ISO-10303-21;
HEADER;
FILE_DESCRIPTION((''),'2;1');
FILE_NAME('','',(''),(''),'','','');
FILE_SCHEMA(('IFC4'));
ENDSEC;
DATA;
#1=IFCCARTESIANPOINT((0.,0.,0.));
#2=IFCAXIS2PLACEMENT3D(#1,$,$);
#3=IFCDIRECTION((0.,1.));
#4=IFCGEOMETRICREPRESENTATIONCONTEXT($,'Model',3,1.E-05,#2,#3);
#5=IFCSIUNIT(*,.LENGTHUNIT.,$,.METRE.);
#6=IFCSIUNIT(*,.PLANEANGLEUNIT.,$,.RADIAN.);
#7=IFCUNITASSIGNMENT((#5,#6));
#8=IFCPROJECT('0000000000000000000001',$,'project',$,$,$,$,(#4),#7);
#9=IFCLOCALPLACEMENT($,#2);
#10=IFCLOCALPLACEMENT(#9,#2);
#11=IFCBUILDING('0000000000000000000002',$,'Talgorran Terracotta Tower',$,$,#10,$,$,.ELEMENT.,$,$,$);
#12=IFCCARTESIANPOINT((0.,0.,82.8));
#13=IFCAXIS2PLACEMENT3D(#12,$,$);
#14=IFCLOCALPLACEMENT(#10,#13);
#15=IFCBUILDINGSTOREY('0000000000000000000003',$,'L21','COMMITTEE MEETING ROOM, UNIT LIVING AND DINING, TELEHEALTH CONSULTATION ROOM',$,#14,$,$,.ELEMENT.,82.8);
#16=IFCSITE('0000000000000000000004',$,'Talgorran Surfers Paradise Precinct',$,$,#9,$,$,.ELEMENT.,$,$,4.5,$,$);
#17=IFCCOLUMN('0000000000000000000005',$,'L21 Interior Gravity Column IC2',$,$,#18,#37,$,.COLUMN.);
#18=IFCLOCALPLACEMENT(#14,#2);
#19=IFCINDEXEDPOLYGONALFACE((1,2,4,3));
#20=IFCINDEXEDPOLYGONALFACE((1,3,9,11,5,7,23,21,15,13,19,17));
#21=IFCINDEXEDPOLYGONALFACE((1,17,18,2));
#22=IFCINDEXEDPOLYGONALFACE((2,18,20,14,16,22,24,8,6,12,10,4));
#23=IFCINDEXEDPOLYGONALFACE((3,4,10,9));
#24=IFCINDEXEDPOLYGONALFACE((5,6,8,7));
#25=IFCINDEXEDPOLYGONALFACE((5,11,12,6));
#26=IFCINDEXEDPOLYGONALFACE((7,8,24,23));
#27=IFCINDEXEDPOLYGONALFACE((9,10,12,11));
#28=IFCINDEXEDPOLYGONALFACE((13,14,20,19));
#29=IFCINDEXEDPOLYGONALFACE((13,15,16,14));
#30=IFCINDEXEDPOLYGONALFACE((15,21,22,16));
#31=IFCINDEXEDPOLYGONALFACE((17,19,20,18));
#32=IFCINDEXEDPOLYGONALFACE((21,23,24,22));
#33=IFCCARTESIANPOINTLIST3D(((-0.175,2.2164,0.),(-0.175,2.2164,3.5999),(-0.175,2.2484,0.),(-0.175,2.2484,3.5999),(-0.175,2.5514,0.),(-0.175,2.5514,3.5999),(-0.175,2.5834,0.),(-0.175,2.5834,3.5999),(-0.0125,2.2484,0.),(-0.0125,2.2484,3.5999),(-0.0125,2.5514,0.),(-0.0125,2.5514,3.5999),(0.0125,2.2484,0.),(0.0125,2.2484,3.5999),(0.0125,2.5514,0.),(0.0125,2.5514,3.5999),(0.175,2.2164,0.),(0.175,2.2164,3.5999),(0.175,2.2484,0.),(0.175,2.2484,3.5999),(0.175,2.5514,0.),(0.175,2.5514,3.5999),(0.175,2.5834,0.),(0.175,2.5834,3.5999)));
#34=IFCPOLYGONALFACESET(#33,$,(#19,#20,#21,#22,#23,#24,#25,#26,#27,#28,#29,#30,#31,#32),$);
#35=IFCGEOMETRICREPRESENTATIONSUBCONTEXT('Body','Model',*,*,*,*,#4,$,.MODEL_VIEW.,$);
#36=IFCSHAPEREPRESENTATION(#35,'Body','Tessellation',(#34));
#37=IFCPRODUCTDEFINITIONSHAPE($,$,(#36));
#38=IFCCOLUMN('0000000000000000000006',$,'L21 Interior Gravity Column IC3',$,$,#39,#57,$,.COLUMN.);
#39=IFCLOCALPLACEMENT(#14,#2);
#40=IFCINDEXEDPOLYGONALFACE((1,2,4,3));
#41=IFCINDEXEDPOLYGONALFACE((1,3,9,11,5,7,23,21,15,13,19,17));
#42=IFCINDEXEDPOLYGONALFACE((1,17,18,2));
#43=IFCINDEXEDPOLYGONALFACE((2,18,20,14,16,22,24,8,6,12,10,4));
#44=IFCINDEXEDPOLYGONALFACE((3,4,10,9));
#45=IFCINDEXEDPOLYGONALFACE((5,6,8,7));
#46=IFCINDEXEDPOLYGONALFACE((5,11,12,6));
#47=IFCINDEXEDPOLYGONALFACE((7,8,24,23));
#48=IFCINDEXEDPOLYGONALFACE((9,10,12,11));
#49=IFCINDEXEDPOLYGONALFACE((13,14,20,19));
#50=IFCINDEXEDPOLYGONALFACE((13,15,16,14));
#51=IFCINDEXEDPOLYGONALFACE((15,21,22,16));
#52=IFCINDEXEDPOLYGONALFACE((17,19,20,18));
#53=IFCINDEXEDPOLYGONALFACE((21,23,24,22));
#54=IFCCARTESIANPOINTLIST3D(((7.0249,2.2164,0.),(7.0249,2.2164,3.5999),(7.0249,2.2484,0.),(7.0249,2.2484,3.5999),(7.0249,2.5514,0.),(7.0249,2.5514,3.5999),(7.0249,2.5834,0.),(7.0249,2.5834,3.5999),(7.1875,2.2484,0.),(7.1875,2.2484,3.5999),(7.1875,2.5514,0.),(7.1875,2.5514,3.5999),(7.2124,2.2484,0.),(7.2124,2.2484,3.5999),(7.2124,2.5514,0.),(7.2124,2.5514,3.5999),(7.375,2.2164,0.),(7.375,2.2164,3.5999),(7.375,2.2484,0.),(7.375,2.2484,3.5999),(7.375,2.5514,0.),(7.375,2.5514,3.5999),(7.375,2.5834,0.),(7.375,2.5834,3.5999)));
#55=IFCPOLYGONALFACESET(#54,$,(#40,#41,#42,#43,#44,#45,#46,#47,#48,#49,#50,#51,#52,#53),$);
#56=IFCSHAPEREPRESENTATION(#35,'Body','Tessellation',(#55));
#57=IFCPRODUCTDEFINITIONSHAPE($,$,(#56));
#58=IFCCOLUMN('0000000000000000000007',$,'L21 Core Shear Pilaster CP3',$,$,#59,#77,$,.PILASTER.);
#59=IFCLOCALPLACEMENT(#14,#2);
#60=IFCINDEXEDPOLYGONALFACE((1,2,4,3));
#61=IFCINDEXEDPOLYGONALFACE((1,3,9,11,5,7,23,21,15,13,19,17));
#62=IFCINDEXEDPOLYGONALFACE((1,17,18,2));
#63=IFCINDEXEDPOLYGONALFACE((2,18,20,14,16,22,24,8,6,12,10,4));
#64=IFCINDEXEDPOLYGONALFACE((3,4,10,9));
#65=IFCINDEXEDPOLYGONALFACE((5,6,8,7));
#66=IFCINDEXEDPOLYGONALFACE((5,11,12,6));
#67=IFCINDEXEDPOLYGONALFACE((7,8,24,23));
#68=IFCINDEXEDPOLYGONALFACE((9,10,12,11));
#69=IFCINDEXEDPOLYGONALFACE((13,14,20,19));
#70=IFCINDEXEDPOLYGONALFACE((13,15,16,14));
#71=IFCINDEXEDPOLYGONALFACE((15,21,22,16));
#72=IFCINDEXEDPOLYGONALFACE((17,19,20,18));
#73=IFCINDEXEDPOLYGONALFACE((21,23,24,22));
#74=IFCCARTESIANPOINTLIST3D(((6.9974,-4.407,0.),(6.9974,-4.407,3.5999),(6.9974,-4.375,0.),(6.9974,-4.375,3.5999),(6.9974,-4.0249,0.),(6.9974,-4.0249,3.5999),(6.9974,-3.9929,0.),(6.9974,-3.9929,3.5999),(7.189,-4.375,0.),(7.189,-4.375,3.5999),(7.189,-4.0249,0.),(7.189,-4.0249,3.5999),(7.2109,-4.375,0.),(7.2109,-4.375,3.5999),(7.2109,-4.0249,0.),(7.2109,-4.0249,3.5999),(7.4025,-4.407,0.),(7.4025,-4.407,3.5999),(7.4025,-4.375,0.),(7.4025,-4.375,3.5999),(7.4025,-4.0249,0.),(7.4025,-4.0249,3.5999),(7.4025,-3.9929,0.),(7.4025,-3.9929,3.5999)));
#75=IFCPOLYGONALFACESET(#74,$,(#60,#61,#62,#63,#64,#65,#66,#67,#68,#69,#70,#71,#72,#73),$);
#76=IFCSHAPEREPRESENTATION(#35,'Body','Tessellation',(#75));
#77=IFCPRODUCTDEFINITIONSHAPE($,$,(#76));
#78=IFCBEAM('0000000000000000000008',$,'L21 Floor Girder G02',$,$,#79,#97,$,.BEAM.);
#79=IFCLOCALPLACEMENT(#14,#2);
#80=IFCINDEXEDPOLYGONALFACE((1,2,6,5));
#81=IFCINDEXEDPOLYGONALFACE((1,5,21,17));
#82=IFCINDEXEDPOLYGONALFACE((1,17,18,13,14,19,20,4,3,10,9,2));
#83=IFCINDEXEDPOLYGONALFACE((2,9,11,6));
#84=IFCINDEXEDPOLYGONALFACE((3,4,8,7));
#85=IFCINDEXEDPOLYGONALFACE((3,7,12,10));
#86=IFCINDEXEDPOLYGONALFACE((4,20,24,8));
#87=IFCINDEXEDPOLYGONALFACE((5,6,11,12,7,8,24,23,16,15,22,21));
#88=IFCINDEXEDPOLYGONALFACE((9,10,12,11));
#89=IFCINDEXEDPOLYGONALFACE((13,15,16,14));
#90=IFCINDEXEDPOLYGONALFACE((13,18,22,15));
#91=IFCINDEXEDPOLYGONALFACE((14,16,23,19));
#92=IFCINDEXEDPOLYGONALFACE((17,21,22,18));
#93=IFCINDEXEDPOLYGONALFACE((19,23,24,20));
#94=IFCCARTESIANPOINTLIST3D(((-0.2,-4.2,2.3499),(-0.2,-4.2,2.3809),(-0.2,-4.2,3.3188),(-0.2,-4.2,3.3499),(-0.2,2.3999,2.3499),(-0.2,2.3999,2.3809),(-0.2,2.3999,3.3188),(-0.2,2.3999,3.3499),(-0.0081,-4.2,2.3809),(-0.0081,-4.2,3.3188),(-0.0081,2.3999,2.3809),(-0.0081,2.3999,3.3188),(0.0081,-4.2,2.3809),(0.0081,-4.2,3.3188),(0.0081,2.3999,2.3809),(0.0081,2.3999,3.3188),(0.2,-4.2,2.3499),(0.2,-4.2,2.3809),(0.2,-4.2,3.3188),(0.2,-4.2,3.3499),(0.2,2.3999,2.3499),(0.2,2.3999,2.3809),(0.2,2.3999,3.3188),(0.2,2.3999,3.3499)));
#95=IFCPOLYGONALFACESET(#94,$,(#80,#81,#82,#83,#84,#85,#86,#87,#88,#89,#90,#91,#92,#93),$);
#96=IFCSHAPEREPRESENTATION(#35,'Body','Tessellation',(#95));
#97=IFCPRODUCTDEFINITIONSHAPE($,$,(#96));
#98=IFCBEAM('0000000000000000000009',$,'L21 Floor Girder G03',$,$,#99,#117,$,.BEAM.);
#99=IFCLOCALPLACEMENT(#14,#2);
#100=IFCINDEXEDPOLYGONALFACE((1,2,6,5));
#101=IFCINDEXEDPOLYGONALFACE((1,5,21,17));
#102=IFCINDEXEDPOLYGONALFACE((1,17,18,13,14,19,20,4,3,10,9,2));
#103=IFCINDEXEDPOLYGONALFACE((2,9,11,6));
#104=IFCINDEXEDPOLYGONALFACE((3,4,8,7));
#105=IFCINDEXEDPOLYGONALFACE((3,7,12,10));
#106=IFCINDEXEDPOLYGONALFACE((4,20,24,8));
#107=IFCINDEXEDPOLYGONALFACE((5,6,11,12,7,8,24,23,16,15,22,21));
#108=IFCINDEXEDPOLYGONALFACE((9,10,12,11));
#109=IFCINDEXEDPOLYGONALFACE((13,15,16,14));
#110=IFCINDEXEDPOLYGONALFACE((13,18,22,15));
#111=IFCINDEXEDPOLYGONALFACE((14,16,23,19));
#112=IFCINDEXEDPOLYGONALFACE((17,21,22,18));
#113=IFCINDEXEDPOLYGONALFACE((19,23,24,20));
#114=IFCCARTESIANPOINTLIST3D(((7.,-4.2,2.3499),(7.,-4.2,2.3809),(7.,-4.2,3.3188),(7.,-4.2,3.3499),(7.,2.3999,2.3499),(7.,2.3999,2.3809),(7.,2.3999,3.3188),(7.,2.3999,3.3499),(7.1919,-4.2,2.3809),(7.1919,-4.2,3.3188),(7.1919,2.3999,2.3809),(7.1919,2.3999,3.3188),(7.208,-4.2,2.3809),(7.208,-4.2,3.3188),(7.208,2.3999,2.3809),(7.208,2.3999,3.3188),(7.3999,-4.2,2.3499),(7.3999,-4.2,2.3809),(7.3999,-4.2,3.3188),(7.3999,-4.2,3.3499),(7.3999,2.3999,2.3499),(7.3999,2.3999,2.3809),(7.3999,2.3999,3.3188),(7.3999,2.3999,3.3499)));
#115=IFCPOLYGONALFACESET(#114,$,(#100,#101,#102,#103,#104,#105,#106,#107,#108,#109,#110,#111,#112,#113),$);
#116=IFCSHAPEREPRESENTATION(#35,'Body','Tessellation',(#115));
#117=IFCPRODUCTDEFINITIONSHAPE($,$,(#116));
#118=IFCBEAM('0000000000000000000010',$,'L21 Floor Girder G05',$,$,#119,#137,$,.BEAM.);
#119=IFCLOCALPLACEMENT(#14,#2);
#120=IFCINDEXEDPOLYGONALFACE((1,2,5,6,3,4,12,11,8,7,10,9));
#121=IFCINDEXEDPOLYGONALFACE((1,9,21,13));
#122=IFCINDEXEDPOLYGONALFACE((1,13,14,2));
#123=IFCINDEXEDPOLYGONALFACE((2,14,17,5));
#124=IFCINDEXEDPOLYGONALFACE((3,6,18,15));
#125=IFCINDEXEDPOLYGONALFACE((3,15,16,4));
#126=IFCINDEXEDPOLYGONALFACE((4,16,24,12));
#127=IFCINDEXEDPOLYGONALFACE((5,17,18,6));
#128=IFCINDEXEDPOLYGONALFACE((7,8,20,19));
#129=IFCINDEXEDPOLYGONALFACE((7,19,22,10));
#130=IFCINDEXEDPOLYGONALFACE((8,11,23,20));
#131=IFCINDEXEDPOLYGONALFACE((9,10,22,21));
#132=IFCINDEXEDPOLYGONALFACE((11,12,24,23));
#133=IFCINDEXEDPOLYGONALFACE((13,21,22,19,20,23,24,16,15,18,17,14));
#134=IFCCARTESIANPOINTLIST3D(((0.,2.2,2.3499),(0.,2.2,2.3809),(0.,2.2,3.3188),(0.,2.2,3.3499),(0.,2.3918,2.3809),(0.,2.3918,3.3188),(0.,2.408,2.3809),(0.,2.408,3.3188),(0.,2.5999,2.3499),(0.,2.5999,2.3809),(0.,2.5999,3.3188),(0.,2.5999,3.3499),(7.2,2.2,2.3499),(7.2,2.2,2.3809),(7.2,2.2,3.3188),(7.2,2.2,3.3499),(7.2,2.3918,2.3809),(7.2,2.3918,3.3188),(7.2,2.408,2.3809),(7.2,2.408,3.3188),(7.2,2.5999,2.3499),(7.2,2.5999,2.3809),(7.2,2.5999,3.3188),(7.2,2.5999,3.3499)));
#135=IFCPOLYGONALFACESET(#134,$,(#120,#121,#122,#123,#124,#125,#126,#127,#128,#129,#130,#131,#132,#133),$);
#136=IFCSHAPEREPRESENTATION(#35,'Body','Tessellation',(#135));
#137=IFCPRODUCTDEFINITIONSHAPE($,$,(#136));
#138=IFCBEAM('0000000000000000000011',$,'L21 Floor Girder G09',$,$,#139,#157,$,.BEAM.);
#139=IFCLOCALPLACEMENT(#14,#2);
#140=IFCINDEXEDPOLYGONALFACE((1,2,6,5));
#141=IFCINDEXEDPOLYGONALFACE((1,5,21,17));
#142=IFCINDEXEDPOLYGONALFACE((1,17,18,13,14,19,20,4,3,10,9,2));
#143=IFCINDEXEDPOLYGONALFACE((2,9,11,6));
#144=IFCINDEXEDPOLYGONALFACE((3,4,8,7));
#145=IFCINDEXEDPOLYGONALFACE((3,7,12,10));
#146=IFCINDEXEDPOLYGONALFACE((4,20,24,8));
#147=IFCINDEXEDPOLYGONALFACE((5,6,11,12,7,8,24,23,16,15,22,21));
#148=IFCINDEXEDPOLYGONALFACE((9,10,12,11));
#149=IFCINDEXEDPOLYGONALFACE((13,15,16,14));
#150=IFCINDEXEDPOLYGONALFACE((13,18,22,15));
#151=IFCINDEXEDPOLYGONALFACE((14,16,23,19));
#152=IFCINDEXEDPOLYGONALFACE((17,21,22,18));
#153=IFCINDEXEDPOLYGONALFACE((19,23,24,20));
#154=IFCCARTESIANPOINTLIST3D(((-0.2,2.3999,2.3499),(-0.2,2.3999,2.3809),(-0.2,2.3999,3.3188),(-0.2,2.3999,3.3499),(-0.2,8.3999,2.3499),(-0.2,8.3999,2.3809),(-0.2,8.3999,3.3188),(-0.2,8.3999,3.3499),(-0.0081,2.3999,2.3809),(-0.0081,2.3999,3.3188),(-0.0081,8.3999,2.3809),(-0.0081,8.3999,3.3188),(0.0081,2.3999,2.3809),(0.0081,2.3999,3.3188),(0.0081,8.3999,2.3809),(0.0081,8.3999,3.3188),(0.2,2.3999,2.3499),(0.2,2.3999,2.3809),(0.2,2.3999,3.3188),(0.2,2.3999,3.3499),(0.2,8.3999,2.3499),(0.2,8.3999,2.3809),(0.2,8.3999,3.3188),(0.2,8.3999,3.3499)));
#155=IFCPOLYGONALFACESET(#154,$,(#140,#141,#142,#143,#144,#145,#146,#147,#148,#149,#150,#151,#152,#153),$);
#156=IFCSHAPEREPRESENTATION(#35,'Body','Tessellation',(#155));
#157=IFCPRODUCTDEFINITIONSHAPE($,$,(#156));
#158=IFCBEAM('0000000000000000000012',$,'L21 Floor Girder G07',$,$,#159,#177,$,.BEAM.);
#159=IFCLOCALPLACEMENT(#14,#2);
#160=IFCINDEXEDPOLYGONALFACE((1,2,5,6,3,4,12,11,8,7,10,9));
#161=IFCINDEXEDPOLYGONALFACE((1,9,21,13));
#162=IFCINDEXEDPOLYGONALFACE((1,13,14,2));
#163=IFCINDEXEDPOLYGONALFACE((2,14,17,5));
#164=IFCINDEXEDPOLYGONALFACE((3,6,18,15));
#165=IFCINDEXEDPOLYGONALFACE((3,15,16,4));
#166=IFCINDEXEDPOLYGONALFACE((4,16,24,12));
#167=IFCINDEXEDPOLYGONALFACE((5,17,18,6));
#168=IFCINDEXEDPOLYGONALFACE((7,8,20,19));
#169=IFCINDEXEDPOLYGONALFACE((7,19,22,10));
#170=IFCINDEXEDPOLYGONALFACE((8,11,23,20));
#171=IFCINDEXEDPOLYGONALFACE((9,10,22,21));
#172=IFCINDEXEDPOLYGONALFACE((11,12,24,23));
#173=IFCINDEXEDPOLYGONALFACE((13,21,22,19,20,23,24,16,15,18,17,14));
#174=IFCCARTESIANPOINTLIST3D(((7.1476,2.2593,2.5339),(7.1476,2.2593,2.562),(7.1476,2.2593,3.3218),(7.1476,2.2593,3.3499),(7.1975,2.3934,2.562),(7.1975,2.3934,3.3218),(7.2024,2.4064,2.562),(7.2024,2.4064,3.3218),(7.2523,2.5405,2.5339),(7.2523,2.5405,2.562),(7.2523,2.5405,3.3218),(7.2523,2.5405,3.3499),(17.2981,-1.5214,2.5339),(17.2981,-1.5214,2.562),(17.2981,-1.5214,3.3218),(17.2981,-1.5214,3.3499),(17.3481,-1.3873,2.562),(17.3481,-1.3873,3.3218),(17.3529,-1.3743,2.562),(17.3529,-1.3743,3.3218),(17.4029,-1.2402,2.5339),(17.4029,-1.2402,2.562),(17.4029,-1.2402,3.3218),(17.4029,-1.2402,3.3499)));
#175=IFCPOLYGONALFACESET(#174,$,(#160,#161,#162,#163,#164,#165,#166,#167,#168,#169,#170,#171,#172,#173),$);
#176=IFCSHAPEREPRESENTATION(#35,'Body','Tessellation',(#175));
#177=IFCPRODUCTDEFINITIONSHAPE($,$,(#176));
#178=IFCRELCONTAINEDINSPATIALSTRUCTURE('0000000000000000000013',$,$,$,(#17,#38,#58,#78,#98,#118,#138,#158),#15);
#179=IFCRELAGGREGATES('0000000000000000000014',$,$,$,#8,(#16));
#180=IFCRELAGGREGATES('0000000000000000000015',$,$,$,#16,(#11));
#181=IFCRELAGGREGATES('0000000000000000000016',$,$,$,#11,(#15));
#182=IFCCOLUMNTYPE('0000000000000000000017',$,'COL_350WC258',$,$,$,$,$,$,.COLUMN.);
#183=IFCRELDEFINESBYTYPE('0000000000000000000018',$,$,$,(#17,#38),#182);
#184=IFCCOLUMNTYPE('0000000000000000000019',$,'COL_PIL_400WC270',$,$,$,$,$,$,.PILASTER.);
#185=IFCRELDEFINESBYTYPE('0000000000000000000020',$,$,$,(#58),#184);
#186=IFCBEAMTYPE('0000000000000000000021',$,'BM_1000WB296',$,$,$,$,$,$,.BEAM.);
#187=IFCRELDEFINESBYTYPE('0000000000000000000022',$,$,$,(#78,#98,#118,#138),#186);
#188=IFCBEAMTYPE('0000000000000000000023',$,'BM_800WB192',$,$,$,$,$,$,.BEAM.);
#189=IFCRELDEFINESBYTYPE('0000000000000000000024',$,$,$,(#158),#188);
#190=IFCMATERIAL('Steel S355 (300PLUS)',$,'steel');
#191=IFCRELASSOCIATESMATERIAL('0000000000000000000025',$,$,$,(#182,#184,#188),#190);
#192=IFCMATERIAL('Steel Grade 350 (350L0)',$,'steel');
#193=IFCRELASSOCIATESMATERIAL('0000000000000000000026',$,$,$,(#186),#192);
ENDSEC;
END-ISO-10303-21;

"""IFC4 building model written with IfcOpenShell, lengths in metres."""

from ifc_helpers import new_model, si_unit, direction, frame, origin, origin_2d, place, context, subcontext, project, spatial, i_section, extrude, material, material_profile, profile_set, type_object, element, save


model = new_model("IFC4")

# Units and contexts
model_context = context("Model", 3, precision=1e-05, world=origin(), true_north=direction((0.0, 1.0)))
body_context = subcontext(model_context, "Body", "Model", "MODEL_VIEW")
ifc_project = project(units=[si_unit("LENGTHUNIT", "METRE"), si_unit("PLANEANGLEUNIT", "RADIAN")], contexts=[model_context])

# Site, building, storey
site_placement = place(None, origin())
site = spatial("IfcSite", under=ifc_project, at=site_placement, Name="Talgorran Surfers Paradise Precinct", CompositionType="ELEMENT", RefElevation=4.5)
building_placement = place(site_placement, origin())
building = spatial("IfcBuilding", under=site, at=building_placement, Name="Talgorran Terracotta Tower", CompositionType="ELEMENT")
storey_placement = place(building_placement, frame((0.0, 0.0, 82.8)))
storey = spatial("IfcBuildingStorey", under=building, at=storey_placement, Name="L21", Description="COMMITTEE MEETING ROOM, UNIT LIVING AND DINING, TELEHEALTH CONSULTATION ROOM", CompositionType="ELEMENT", Elevation=82.8)

# Columns
ifc_material_1 = material(Name="Steel S355 (300PLUS)", Category="steel")
ifc_material_profile_1 = material_profile(ifc_material_1, i_section(OverallWidth=0.3501, OverallDepth=0.3669, WebThickness=0.0249, FlangeThickness=0.032, at=origin_2d()), Name="350WC258")
ifc_profile_set_1 = profile_set([ifc_material_profile_1], Name="Steel S355 (300PLUS)")
column_type_1 = type_object("IfcColumnType", Name="COL_350WC258", PredefinedType="COLUMN", material=ifc_profile_set_1)
for number, where, z_axis, x_axis, name in (
    (1, (0.0, 2.3999, 0.0), (0.0, 0.0, 1.0), (1.0, 0.0, 0.0), "L21 Interior Gravity Column IC2"),
    (2, (7.2, 2.3999, 0.0), (0.0, 0.0, 1.0), (1.0, 0.0, 0.0), "L21 Interior Gravity Column IC3"),
):
    element("IfcColumn", number, at=place(storey_placement, frame(where, z_axis=z_axis, x_axis=x_axis)), inside=storey, type_object=column_type_1, Name=name, PredefinedType="COLUMN", context=body_context, shape_type="SweptSolid", body=[
        extrude(i_section(OverallWidth=0.3501, OverallDepth=0.3669, WebThickness=0.0249, FlangeThickness=0.032, at=origin_2d()), origin(), (0.0, 0.0, 1.0), 3.5999),
    ])
ifc_material_profile_2 = material_profile(ifc_material_1, i_section(OverallWidth=0.405, OverallDepth=0.4141, WebThickness=0.022, FlangeThickness=0.032, at=origin_2d()), Name="400WC270")
ifc_profile_set_2 = profile_set([ifc_material_profile_2], Name="Steel S355 (300PLUS)")
column_type_2 = type_object("IfcColumnType", Name="COL_PIL_400WC270", PredefinedType="PILASTER", material=ifc_profile_set_2)
column_placement = place(storey_placement, frame((7.2, -4.2, 0.0), z_axis=(0.0, 0.0, 1.0), x_axis=(1.0, 0.0, 0.0)))
element("IfcColumn", 3, at=column_placement, inside=storey, type_object=column_type_2, Name="L21 Core Shear Pilaster CP3", PredefinedType="PILASTER", context=body_context, shape_type="SweptSolid", body=[
    extrude(i_section(OverallWidth=0.405, OverallDepth=0.4141, WebThickness=0.022, FlangeThickness=0.032, at=origin_2d()), origin(), (0.0, 0.0, 1.0), 3.5999),
])

# Beams
ifc_material_2 = material(Name="Steel Grade 350 (350L0)", Category="steel")
ifc_material_profile_3 = material_profile(ifc_material_2, i_section(OverallWidth=0.3999, OverallDepth=1.0, WebThickness=0.0161, FlangeThickness=0.031, at=origin_2d()), Name="1000WB296")
ifc_profile_set_3 = profile_set([ifc_material_profile_3], Name="Steel Grade 350 (350L0)")
beam_type_1 = type_object("IfcBeamType", Name="BM_1000WB296", PredefinedType="BEAM", material=ifc_profile_set_3)
for number, where, z_axis, x_axis, name in (
    (4, (0.0, -4.2, 2.8499), (0.0, 1.0, 0.0), (-1.0, 0.0, 0.0), "L21 Floor Girder G02"),
    (5, (7.2, -4.2, 2.8499), (0.0, 1.0, 0.0), (-1.0, 0.0, 0.0), "L21 Floor Girder G03"),
):
    element("IfcBeam", number, at=place(storey_placement, frame(where, z_axis=z_axis, x_axis=x_axis)), inside=storey, type_object=beam_type_1, Name=name, PredefinedType="BEAM", context=body_context, shape_type="SweptSolid", body=[
        extrude(i_section(OverallWidth=0.3999, OverallDepth=1.0, WebThickness=0.0161, FlangeThickness=0.031, at=origin_2d()), origin(), (0.0, 0.0, 1.0), 6.5999),
    ])
beam_1_placement = place(storey_placement, frame((0.0, 2.3999, 2.8499), z_axis=(1.0, 0.0, 0.0), x_axis=(0.0, 1.0, 0.0)))
element("IfcBeam", 6, at=beam_1_placement, inside=storey, type_object=beam_type_1, Name="L21 Floor Girder G05", PredefinedType="BEAM", context=body_context, shape_type="SweptSolid", body=[
    extrude(i_section(OverallWidth=0.3999, OverallDepth=1.0, WebThickness=0.0161, FlangeThickness=0.031, at=origin_2d()), origin(), (0.0, 0.0, 1.0), 7.2),
])
beam_2_placement = place(storey_placement, frame((0.0, 2.3999, 2.8499), z_axis=(0.0, 1.0, 0.0), x_axis=(-1.0, 0.0, 0.0)))
element("IfcBeam", 7, at=beam_2_placement, inside=storey, type_object=beam_type_1, Name="L21 Floor Girder G09", PredefinedType="BEAM", context=body_context, shape_type="SweptSolid", body=[
    extrude(i_section(OverallWidth=0.3999, OverallDepth=1.0, WebThickness=0.0161, FlangeThickness=0.031, at=origin_2d()), origin(), (0.0, 0.0, 1.0), 6.0),
])
ifc_material_profile_4 = material_profile(ifc_material_1, i_section(OverallWidth=0.3, OverallDepth=0.8159, WebThickness=0.0139, FlangeThickness=0.0281, at=origin_2d()), Name="800WB192")
ifc_profile_set_4 = profile_set([ifc_material_profile_4], Name="Steel S355 (300PLUS)")
beam_type_2 = type_object("IfcBeamType", Name="BM_800WB192", PredefinedType="BEAM", material=ifc_profile_set_4)
beam_3_placement = place(storey_placement, frame((7.2, 2.3999, 2.9419), z_axis=(0.937108, -0.34904, 0.0), x_axis=(0.34904, 0.937108, 0.0)))
element("IfcBeam", 8, at=beam_3_placement, inside=storey, type_object=beam_type_2, Name="L21 Floor Girder G07", PredefinedType="BEAM", context=body_context, shape_type="SweptSolid", body=[
    extrude(i_section(OverallWidth=0.3, OverallDepth=0.8159, WebThickness=0.0139, FlangeThickness=0.0281, at=origin_2d()), origin(), (0.0, 0.0, 1.0), 10.8318),
])

save(model, "model.ifc")
